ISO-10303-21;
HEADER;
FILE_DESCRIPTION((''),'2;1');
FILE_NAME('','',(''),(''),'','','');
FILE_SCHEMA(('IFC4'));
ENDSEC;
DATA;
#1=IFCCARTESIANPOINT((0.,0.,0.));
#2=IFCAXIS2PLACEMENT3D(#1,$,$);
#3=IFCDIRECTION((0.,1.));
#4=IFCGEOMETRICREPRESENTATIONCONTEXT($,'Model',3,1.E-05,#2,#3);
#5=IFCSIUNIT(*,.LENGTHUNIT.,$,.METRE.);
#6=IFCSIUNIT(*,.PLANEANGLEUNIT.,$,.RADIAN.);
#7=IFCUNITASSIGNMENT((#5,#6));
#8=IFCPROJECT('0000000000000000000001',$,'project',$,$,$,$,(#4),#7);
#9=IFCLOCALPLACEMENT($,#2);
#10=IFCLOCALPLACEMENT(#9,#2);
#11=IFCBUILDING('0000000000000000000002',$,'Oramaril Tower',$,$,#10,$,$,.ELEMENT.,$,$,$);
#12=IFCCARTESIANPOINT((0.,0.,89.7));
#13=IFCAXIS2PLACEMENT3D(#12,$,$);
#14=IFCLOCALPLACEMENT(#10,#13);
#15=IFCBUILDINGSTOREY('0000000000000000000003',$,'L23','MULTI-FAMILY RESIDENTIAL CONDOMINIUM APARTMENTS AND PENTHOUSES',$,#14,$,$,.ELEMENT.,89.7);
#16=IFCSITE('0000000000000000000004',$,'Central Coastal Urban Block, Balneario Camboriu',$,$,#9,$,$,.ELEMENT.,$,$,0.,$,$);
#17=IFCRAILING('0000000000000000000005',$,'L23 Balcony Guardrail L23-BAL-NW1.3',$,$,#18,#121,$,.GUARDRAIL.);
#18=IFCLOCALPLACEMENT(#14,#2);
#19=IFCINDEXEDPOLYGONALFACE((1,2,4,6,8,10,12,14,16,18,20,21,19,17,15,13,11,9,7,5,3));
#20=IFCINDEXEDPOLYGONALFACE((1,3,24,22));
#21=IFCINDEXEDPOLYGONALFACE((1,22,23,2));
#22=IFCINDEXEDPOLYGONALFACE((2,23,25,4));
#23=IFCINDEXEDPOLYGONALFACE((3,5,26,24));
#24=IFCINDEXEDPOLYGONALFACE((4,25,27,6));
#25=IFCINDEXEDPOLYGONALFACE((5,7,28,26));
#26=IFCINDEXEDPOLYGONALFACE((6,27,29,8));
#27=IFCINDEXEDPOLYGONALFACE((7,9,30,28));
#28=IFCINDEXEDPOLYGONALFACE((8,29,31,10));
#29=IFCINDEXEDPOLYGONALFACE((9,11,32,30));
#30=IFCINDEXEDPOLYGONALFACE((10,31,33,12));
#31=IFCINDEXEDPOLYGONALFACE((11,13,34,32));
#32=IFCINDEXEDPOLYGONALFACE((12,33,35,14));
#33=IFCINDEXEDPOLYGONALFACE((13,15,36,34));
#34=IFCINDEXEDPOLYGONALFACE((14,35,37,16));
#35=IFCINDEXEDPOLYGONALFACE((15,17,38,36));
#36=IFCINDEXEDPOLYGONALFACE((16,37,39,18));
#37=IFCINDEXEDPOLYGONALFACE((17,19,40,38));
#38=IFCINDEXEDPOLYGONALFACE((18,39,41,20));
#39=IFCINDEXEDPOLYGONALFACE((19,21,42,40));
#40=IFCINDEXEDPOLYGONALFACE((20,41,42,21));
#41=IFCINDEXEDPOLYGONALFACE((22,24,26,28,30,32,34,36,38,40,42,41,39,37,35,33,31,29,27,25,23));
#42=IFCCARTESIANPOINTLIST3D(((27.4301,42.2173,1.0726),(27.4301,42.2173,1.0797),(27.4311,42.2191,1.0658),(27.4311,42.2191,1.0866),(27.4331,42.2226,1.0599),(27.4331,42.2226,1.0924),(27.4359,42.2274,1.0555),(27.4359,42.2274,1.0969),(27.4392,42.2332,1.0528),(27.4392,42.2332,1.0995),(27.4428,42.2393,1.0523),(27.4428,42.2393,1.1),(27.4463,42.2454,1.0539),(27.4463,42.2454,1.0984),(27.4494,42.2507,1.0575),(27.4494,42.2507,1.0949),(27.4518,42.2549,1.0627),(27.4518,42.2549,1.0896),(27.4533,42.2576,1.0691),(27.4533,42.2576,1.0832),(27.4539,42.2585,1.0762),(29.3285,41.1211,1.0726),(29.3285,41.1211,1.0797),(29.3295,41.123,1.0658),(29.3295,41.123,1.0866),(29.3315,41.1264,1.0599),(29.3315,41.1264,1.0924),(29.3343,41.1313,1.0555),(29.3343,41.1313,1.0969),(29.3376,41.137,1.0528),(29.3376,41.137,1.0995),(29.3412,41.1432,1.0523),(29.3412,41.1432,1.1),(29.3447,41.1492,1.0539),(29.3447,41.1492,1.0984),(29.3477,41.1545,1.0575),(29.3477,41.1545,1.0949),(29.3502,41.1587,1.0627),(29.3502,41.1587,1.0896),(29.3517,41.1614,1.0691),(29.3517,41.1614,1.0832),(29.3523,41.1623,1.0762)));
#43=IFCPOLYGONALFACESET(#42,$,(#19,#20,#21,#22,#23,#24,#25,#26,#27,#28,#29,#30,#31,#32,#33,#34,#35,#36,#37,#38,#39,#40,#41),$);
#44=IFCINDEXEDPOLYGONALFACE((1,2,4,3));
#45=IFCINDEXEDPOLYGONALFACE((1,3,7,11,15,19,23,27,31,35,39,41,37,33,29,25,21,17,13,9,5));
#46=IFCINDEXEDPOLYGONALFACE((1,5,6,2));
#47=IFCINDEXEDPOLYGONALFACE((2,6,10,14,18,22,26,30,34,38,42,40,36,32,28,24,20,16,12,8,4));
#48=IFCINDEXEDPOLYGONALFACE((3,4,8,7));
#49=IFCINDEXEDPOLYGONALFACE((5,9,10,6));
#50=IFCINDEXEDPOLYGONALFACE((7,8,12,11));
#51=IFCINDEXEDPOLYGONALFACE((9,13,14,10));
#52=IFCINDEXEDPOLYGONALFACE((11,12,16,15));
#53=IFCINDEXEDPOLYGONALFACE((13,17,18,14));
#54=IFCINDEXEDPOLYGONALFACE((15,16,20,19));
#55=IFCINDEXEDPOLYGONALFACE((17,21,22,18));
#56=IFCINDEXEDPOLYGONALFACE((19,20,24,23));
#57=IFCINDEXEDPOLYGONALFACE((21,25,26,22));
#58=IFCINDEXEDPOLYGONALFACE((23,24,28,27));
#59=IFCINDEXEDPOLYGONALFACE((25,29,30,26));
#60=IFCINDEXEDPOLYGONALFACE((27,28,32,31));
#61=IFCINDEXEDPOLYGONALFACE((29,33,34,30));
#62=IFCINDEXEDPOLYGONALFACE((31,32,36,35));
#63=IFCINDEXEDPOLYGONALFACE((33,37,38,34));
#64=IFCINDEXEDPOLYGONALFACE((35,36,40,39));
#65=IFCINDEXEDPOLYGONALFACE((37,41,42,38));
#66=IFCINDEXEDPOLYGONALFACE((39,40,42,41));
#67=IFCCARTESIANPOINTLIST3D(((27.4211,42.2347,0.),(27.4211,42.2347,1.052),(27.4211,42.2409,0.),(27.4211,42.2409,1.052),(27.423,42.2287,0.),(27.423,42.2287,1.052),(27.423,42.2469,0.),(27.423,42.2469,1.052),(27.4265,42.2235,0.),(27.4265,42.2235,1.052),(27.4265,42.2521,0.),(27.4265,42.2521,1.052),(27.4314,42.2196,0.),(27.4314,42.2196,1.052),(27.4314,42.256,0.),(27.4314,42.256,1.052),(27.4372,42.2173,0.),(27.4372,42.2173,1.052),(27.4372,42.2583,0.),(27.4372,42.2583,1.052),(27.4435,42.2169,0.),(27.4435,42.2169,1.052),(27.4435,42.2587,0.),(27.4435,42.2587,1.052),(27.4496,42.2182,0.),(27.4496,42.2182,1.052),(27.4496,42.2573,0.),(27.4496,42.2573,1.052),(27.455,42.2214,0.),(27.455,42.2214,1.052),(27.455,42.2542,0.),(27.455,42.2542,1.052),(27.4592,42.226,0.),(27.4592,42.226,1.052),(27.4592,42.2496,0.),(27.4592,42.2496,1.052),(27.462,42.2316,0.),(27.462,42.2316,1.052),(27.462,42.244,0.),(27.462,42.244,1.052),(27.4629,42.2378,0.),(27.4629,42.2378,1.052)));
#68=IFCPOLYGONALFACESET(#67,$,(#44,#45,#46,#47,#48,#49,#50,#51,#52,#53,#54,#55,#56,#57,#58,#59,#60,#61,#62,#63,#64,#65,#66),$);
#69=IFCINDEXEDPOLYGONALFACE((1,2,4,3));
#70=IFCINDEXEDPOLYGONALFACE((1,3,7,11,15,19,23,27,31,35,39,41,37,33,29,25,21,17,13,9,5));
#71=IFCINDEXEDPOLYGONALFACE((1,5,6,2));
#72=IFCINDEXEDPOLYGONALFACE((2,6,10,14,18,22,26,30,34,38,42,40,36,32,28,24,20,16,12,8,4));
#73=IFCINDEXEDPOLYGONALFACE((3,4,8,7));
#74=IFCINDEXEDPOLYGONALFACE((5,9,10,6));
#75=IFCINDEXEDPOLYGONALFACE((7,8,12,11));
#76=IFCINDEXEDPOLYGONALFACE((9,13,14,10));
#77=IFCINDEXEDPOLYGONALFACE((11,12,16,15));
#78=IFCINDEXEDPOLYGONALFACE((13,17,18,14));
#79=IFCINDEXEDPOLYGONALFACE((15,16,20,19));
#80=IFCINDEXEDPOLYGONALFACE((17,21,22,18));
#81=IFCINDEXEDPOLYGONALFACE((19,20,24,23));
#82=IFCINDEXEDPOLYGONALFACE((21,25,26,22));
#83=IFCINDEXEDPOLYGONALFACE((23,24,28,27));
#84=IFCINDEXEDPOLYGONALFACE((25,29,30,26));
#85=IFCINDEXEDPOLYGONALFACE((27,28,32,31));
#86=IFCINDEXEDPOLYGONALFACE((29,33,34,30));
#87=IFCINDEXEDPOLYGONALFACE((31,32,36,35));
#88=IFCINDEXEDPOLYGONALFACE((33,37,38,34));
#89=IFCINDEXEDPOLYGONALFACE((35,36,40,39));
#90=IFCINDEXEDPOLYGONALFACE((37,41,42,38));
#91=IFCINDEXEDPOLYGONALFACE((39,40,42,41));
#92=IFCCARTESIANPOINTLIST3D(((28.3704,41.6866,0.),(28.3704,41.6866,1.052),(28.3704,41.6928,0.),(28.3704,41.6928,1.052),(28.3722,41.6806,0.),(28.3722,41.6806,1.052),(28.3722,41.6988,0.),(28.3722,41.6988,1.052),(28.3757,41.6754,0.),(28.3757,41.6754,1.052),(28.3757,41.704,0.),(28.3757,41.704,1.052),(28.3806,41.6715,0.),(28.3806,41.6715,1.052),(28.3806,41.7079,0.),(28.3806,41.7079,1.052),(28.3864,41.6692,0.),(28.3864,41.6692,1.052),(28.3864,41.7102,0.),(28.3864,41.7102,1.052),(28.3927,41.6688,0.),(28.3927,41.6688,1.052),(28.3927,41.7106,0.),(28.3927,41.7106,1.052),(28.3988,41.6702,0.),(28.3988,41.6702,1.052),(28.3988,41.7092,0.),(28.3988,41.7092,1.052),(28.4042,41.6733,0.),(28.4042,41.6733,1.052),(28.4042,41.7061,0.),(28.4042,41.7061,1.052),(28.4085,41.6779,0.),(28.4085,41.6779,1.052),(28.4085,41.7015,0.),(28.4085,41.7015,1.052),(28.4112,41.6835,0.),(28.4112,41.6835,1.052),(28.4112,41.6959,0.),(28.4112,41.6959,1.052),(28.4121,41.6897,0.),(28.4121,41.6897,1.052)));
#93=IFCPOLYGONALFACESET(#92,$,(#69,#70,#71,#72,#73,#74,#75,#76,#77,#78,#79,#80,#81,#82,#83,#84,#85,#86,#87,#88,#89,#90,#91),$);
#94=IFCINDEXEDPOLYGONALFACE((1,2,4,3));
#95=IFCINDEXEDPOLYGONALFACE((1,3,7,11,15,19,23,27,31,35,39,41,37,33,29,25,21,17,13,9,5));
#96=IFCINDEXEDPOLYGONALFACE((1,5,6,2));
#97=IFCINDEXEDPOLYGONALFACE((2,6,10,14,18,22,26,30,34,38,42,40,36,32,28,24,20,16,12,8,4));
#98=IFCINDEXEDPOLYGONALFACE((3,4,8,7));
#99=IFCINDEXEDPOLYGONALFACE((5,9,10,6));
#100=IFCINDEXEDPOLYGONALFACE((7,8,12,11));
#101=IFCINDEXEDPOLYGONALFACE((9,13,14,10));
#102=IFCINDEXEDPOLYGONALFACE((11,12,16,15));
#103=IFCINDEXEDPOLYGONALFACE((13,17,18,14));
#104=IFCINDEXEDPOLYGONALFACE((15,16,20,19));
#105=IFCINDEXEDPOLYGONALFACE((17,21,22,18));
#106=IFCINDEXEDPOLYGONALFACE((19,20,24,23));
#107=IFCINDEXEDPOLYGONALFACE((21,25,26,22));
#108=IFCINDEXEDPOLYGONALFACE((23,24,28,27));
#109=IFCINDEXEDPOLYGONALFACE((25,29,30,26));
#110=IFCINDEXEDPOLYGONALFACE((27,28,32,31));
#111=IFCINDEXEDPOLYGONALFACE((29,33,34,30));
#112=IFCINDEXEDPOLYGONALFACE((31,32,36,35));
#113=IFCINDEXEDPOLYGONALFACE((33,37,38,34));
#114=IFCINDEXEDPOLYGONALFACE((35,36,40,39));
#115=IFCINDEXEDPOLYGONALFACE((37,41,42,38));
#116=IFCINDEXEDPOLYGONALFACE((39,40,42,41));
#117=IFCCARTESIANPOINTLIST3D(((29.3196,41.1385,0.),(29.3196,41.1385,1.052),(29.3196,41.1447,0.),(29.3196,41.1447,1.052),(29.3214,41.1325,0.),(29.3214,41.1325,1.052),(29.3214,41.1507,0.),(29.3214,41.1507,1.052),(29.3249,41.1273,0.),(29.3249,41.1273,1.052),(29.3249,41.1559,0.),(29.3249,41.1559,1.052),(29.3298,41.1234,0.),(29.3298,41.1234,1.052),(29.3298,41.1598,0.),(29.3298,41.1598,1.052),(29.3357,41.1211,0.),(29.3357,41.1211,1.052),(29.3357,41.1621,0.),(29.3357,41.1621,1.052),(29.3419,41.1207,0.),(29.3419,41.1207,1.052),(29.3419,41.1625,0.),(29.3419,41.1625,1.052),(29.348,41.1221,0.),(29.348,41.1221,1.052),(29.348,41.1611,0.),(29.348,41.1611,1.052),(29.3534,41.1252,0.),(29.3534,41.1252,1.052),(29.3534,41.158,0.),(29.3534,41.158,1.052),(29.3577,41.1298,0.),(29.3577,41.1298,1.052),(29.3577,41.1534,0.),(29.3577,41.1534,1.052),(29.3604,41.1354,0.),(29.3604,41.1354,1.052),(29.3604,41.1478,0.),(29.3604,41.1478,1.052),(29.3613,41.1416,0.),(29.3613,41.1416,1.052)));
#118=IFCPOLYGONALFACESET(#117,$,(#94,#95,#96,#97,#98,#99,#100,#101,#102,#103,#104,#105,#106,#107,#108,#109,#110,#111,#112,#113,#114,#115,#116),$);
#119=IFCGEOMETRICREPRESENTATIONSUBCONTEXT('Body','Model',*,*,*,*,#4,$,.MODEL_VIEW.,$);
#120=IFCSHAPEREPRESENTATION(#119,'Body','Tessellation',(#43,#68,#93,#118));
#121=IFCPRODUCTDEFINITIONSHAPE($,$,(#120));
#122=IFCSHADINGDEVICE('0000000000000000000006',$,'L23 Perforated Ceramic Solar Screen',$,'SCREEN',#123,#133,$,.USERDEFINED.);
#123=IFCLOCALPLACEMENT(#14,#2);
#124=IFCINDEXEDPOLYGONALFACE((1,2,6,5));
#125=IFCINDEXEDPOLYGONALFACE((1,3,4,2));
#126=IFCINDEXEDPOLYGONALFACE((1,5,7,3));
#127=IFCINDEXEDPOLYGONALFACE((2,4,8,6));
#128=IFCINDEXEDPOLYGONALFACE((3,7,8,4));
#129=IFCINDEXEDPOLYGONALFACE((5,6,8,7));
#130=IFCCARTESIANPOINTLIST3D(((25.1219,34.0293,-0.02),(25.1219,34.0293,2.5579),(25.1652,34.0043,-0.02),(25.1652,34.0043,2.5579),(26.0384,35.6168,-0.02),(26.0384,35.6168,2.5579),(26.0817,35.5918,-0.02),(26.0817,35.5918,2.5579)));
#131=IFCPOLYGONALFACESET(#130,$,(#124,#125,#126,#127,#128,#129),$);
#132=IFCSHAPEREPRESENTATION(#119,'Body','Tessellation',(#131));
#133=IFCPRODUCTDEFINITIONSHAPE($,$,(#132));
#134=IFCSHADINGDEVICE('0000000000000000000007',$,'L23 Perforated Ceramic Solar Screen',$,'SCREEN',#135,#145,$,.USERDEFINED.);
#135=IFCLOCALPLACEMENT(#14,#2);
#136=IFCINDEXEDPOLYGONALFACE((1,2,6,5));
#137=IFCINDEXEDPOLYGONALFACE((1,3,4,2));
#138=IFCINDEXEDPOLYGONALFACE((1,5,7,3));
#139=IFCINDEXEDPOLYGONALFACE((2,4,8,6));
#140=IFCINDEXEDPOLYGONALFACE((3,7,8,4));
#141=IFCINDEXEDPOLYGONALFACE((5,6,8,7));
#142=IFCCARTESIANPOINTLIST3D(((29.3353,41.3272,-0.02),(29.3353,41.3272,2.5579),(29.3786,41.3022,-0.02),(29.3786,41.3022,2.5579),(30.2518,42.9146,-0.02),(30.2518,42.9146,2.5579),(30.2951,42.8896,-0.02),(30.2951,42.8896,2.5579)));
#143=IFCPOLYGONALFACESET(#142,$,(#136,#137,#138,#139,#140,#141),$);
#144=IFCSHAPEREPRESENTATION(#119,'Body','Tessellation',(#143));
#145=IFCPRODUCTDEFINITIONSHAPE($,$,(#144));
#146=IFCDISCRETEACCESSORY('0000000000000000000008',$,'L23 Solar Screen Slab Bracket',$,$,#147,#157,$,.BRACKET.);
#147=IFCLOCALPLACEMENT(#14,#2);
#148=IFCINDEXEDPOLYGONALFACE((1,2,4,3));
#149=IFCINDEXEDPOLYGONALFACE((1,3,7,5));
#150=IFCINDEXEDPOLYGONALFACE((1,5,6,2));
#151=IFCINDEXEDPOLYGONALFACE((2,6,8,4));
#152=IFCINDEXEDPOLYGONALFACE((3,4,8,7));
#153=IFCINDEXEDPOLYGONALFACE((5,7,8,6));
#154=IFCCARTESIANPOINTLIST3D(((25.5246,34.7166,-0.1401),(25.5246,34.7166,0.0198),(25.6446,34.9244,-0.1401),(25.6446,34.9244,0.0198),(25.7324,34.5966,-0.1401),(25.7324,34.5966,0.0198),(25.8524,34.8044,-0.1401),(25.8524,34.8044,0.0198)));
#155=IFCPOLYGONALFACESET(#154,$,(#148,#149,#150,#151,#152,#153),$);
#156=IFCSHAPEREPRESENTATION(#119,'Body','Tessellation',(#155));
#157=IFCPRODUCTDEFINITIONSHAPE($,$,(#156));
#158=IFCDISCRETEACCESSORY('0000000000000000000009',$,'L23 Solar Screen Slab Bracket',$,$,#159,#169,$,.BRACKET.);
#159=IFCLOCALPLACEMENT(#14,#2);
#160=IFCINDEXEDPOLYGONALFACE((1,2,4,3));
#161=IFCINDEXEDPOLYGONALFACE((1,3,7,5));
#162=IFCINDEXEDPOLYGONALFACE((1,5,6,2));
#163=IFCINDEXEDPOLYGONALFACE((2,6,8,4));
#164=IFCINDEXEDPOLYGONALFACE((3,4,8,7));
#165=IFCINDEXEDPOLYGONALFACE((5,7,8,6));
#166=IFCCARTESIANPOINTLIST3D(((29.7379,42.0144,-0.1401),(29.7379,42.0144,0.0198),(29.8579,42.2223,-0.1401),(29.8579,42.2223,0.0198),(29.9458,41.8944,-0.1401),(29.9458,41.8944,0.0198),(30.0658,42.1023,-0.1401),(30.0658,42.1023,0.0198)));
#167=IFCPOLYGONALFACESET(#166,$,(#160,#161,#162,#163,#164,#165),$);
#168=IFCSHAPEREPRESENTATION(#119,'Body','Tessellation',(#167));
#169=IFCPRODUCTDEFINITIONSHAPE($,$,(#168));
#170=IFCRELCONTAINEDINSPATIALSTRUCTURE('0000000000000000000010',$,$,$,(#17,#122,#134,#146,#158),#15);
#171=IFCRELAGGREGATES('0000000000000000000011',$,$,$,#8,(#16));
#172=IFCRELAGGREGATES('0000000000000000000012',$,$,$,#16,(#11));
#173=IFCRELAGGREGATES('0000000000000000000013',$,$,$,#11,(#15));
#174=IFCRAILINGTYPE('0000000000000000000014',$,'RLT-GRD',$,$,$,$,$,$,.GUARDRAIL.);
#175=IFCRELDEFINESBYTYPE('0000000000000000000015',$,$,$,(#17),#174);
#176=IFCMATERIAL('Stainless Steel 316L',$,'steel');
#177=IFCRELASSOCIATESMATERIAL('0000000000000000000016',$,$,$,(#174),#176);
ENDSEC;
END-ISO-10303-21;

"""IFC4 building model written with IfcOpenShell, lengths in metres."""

from ifc_helpers import new_model, si_unit, direction, frame, origin, origin_2d, place, context, subcontext, project, spatial, rectangle, circle, extrude, material, type_object, element, save


model = new_model("IFC4")

# Units and contexts
model_context = context("Model", 3, precision=1e-05, world=origin(), true_north=direction((0.0, 1.0)))
body_context = subcontext(model_context, "Body", "Model", "MODEL_VIEW")
ifc_project = project(units=[si_unit("LENGTHUNIT", "METRE"), si_unit("PLANEANGLEUNIT", "RADIAN")], contexts=[model_context])

# Site, building, storey
site_placement = place(None, origin())
site = spatial("IfcSite", under=ifc_project, at=site_placement, Name="Central Coastal Urban Block, Balneario Camboriu", CompositionType="ELEMENT", RefElevation=0.0)
building_placement = place(site_placement, origin())
building = spatial("IfcBuilding", under=site, at=building_placement, Name="Oramaril Tower", CompositionType="ELEMENT")
storey_placement = place(building_placement, frame((0.0, 0.0, 89.7)))
storey = spatial("IfcBuildingStorey", under=building, at=storey_placement, Name="L23", Description="MULTI-FAMILY RESIDENTIAL CONDOMINIUM APARTMENTS AND PENTHOUSES", CompositionType="ELEMENT", Elevation=89.7)

# Railing
ifc_material_1 = material(Name="Stainless Steel 316L", Category="steel")
railing_type = type_object("IfcRailingType", Name="RLT-GRD", PredefinedType="GUARDRAIL", material=ifc_material_1)
railing_1_placement = place(storey_placement, frame((27.4419, 42.2378, 0.0)))
element("IfcRailing", 1, at=railing_1_placement, inside=storey, type_object=railing_type, Name="L23 Balcony Guardrail L23-BAL-NW1.3", PredefinedType="GUARDRAIL", context=body_context, shape_type="SweptSolid", body=[
    extrude(circle(Radius=0.0239, at=origin_2d()), frame((0.0, 0.0, 1.0762), z_axis=(0.866, -0.500044, 0.0), x_axis=(0.500044, 0.866, 0.0)), (0.0, 0.0, 1.0), 2.1921),
    extrude(circle(Radius=0.021, at=origin_2d()), origin(), (0.0, 0.0, 1.0), 1.052),
    extrude(circle(Radius=0.021, at=origin_2d()), frame((0.9492, -0.5481, 0.0)), (0.0, 0.0, 1.0), 1.052),
    extrude(circle(Radius=0.021, at=origin_2d()), frame((1.8984, -1.0962, 0.0)), (0.0, 0.0, 1.0), 1.052),
])

# Shading devices
for number, where, z_axis, x_axis, name in (
    (2, (25.6018, 34.8105, -0.02), (0.0, 0.0, 1.0), (-0.5, -0.866025, 0.0), "L23 Perforated Ceramic Solar Screen"),
    (3, (29.8152, 42.1084, -0.02), (0.0, 0.0, 1.0), (-0.5, -0.866025, 0.0), "L23 Perforated Ceramic Solar Screen"),
):
    element("IfcShadingDevice", number, at=place(storey_placement, frame(where, z_axis=z_axis, x_axis=x_axis)), inside=storey, Name=name, ObjectType="SCREEN", PredefinedType="USERDEFINED", context=body_context, shape_type="SweptSolid", body=[
        extrude(rectangle(XDim=1.833, YDim=0.05, at=origin_2d()), origin(), (0.0, 0.0, 1.0), 2.5779),
    ])

# Discrete accessories
for number, where, z_axis, x_axis, name in (
    (4, (25.6885, 34.7605, -0.1401), (0.0, 0.0, 1.0), (-0.5, -0.866025, 0.0), "L23 Solar Screen Slab Bracket"),
    (5, (29.9019, 42.0583, -0.1401), (0.0, 0.0, 1.0), (-0.5, -0.866025, 0.0), "L23 Solar Screen Slab Bracket"),
):
    element("IfcDiscreteAccessory", number, at=place(storey_placement, frame(where, z_axis=z_axis, x_axis=x_axis)), inside=storey, Name=name, PredefinedType="BRACKET", context=body_context, shape_type="SweptSolid", body=[
        extrude(rectangle(XDim=0.24, YDim=0.24, at=origin_2d()), origin(), (0.0, 0.0, 1.0), 0.1599),
    ])

save(model, "model.ifc")
